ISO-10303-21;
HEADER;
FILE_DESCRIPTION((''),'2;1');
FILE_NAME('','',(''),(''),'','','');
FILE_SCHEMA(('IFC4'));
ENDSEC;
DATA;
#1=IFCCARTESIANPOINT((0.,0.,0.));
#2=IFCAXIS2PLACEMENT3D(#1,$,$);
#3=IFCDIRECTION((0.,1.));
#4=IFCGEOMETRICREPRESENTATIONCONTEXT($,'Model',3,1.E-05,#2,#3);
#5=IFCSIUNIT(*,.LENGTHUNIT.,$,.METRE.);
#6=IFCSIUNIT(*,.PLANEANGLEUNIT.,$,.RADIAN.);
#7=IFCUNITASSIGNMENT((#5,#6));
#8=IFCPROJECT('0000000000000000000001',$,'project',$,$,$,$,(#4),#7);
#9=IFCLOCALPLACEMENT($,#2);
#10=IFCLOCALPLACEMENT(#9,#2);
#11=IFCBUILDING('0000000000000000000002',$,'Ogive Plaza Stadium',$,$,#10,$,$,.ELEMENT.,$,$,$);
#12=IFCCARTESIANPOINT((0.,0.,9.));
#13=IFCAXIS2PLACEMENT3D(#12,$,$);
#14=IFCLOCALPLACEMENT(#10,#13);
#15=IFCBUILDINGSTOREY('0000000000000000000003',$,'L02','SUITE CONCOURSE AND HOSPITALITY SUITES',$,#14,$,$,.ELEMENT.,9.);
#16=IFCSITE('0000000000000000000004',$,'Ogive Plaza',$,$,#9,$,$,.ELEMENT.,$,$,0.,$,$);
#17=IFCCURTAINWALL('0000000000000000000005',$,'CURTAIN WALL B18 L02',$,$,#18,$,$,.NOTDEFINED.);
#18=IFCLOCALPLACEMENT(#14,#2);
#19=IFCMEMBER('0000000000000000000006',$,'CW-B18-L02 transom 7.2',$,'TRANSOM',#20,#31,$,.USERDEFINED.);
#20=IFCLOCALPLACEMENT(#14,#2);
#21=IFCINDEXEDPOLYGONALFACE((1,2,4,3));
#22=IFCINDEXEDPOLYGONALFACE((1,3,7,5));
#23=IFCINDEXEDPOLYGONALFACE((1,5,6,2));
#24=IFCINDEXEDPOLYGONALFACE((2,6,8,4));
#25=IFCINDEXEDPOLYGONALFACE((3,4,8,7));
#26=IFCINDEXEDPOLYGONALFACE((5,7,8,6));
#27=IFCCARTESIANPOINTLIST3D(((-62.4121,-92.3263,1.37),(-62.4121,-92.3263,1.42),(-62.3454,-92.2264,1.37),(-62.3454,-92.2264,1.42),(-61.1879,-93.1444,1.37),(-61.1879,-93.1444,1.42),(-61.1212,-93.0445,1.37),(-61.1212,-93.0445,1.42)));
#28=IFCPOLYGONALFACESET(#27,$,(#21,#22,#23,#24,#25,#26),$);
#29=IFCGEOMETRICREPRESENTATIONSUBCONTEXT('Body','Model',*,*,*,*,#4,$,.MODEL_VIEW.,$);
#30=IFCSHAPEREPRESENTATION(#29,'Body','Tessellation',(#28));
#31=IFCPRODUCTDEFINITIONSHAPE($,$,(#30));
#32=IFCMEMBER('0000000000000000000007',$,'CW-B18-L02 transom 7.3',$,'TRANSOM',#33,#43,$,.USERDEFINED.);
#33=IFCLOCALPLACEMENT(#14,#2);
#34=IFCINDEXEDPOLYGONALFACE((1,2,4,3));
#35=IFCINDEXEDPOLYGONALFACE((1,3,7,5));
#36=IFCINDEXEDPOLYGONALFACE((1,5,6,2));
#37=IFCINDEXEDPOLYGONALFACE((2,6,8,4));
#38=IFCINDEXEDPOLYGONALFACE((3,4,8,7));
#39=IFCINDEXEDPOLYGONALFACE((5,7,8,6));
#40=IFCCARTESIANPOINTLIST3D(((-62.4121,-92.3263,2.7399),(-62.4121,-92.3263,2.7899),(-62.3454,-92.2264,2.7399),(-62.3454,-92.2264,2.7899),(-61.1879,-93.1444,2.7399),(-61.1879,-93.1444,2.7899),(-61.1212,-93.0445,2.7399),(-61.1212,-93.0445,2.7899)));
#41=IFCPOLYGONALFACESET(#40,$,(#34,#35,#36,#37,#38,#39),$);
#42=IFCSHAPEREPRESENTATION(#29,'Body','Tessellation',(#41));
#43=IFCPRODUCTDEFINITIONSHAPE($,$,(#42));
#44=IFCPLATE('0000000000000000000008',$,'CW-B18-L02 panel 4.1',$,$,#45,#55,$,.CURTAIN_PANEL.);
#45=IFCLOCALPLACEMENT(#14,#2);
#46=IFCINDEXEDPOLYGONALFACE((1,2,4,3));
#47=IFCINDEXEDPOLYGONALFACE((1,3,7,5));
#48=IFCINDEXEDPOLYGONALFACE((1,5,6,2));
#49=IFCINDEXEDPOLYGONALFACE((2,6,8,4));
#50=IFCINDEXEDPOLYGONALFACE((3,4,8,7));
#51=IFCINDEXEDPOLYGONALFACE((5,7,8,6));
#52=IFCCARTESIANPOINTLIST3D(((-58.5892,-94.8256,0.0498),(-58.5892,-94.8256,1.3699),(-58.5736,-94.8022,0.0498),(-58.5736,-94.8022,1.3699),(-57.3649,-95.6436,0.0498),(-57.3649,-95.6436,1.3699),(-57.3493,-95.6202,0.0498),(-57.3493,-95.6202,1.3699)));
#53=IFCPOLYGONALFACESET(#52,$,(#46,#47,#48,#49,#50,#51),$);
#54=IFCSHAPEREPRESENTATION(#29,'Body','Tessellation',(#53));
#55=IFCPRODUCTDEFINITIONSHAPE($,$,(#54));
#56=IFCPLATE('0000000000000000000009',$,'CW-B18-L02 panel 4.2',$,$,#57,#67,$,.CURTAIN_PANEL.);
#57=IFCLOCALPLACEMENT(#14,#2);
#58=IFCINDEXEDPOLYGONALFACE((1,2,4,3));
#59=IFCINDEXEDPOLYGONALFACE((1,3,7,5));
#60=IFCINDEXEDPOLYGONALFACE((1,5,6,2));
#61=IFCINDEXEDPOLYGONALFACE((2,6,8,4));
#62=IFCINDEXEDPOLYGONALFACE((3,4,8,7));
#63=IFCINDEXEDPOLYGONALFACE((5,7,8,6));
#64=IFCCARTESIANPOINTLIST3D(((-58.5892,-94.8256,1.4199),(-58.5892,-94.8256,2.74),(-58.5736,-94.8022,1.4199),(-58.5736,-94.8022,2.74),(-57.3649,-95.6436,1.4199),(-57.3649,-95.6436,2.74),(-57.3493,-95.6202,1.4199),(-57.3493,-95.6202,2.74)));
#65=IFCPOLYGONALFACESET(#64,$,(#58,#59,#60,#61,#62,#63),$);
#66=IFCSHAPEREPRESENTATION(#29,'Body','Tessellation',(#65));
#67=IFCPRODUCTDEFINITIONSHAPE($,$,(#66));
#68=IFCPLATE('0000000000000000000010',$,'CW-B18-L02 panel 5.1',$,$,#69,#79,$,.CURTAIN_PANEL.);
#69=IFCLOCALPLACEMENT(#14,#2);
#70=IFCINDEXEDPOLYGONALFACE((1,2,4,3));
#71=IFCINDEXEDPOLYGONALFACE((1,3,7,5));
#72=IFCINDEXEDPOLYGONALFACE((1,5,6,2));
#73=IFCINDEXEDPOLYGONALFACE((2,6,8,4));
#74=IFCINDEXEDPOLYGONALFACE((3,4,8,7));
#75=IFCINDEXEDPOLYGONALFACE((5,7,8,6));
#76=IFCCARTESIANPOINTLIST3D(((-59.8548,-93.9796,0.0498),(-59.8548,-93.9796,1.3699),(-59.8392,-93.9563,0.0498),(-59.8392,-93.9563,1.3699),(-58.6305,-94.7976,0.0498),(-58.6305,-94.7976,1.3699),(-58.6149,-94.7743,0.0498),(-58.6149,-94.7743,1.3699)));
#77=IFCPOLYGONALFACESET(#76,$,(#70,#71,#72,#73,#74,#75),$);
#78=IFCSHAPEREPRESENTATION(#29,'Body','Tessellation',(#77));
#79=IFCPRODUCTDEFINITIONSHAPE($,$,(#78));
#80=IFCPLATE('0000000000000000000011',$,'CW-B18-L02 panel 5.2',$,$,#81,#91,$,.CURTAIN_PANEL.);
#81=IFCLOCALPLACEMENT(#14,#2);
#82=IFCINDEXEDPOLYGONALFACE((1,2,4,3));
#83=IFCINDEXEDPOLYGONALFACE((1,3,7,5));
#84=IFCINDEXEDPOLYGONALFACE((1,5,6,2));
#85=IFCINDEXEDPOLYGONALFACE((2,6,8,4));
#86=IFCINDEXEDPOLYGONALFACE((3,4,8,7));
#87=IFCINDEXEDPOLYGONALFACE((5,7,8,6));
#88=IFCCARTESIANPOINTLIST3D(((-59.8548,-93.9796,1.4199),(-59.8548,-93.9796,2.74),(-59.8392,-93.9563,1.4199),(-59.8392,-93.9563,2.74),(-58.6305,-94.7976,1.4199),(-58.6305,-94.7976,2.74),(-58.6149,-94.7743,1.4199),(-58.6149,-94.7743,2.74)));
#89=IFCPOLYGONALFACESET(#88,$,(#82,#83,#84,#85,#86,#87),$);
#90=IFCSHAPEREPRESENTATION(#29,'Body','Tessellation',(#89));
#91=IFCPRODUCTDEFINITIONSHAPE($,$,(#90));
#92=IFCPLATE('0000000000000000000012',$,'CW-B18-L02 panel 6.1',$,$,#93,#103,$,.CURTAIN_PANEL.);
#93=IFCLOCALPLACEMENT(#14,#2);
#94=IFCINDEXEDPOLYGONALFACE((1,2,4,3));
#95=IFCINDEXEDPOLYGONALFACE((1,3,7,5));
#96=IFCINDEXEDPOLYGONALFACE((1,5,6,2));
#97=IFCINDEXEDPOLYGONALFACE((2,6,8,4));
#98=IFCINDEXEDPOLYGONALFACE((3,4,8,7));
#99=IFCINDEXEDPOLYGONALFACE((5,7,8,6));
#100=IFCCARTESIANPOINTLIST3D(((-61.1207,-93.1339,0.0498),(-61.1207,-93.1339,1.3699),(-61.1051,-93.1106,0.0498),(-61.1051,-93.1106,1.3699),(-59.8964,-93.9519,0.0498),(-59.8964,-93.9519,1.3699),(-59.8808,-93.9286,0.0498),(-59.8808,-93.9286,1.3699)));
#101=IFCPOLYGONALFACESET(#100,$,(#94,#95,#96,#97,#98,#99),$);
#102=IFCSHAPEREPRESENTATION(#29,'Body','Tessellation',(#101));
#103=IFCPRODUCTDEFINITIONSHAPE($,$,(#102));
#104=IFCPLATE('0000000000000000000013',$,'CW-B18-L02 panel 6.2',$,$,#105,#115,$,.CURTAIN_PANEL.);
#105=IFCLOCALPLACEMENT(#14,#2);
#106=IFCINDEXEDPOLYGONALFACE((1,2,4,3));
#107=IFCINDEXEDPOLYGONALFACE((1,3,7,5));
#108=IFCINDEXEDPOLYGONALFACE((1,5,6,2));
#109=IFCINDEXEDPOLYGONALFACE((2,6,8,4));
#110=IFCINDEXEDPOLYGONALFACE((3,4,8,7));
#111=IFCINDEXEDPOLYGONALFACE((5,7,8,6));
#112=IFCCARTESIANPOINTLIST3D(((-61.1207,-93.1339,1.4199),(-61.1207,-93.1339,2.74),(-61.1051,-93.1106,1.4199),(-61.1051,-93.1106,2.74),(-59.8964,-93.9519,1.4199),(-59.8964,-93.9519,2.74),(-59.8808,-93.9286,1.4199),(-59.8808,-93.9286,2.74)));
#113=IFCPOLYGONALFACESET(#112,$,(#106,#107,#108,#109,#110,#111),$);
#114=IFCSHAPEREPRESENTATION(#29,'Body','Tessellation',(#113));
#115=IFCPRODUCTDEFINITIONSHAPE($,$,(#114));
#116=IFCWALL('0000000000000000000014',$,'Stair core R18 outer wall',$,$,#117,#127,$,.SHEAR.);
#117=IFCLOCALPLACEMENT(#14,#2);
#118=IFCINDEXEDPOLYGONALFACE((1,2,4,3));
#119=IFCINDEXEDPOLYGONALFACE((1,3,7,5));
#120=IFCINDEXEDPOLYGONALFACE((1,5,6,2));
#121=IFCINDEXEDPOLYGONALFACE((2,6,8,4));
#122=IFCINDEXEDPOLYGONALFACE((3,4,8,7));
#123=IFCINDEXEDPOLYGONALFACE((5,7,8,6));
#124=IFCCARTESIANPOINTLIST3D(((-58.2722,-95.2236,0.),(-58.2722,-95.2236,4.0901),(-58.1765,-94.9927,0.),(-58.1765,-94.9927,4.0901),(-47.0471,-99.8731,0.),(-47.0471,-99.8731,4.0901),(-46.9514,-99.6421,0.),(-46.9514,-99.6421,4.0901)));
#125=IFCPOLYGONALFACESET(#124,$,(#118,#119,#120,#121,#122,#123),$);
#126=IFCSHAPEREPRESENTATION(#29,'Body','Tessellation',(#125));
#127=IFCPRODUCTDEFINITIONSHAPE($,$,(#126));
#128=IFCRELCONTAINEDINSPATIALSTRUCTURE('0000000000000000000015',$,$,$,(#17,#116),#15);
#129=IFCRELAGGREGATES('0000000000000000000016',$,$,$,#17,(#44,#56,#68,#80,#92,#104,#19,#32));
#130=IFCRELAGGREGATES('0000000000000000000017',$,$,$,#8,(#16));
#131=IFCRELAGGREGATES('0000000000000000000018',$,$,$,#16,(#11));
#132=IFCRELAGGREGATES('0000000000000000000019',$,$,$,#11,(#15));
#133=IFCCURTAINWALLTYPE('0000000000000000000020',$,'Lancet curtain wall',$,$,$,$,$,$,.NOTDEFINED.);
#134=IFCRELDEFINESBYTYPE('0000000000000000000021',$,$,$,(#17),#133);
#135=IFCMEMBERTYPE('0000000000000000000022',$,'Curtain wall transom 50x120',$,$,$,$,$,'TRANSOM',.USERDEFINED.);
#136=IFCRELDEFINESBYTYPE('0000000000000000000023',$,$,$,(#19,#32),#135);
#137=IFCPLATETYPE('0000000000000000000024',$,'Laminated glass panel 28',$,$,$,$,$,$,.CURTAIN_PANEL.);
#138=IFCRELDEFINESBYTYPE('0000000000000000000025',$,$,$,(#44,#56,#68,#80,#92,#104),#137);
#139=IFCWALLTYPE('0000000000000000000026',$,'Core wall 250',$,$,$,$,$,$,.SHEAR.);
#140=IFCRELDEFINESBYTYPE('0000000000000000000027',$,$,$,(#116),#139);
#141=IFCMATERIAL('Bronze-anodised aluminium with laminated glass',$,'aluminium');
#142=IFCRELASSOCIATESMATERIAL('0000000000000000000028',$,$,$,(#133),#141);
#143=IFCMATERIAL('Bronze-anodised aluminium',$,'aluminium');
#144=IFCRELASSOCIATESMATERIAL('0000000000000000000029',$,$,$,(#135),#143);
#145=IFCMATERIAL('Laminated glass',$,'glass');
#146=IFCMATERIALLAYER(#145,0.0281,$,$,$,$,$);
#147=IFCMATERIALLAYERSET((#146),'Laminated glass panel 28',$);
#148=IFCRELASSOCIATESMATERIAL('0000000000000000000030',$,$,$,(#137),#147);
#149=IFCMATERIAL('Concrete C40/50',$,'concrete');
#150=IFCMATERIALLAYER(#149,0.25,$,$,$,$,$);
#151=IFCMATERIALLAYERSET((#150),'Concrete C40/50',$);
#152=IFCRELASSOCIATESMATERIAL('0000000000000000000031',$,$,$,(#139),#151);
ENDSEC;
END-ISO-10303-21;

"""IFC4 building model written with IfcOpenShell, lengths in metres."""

from ifc_helpers import new_model, si_unit, direction, frame, frame_2d, origin, origin_2d, place, context, subcontext, project, spatial, rectangle, extrude, material, layer, layer_set, material_profile, profile_set, type_object, element, aggregate, save


model = new_model("IFC4")

# Units and contexts
model_context = context("Model", 3, precision=1e-05, world=origin(), true_north=direction((0.0, 1.0)))
body_context = subcontext(model_context, "Body", "Model", "MODEL_VIEW")
ifc_project = project(units=[si_unit("LENGTHUNIT", "METRE"), si_unit("PLANEANGLEUNIT", "RADIAN")], contexts=[model_context])

# Site, building, storey
site_placement = place(None, origin())
site = spatial("IfcSite", under=ifc_project, at=site_placement, Name="Ogive Plaza", CompositionType="ELEMENT", RefElevation=0.0)
building_placement = place(site_placement, origin())
building = spatial("IfcBuilding", under=site, at=building_placement, Name="Ogive Plaza Stadium", CompositionType="ELEMENT")
storey_placement = place(building_placement, frame((0.0, 0.0, 9.0)))
storey = spatial("IfcBuildingStorey", under=building, at=storey_placement, Name="L02", Description="SUITE CONCOURSE AND HOSPITALITY SUITES", CompositionType="ELEMENT", Elevation=9.0)

# Curtain wall, members, plates
ifc_material_1 = material(Name="Bronze-anodised aluminium with laminated glass", Category="aluminium")
curtain_wall_type = type_object("IfcCurtainWallType", Name="Lancet curtain wall", PredefinedType="NOTDEFINED", material=ifc_material_1)
curtain_wall_placement = place(storey_placement, origin())
curtain_wall = element("IfcCurtainWall", 1, at=curtain_wall_placement, inside=storey, type_object=curtain_wall_type, Name="CURTAIN WALL B18 L02", PredefinedType="NOTDEFINED")
ifc_material_2 = material(Name="Bronze-anodised aluminium", Category="aluminium")
ifc_material_profile_1 = material_profile(ifc_material_2, rectangle(XDim=0.1201, YDim=0.05, at=origin_2d()), Name="AL 120x50")
ifc_profile_set_1 = profile_set([ifc_material_profile_1], Name="Bronze-anodised aluminium")
member_type_1 = type_object("IfcMemberType", Name="Curtain wall transom 50x120", ElementType="TRANSOM", PredefinedType="USERDEFINED", material=ifc_profile_set_1)
member_1_placement = place(storey_placement, frame((-61.1545, -93.0945, 1.395), z_axis=(-0.831412, 0.555656, 0.0), x_axis=(-0.555656, -0.831412, 0.0)))
member_1 = element("IfcMember", 2, at=member_1_placement, type_object=member_type_1, Name="CW-B18-L02 transom 7.2", ObjectType="TRANSOM", PredefinedType="USERDEFINED", context=body_context, shape_type="SweptSolid", body=[
    extrude(rectangle(XDim=0.1201, YDim=0.05, at=origin_2d()), origin(), (0.0, 0.0, 1.0), 1.4724),
])
member_2_placement = place(storey_placement, frame((-61.1545, -93.0945, 2.7649), z_axis=(-0.831412, 0.555656, 0.0), x_axis=(-0.555656, -0.831412, 0.0)))
member_2 = element("IfcMember", 3, at=member_2_placement, type_object=member_type_1, Name="CW-B18-L02 transom 7.3", ObjectType="TRANSOM", PredefinedType="USERDEFINED", context=body_context, shape_type="SweptSolid", body=[
    extrude(rectangle(XDim=0.1201, YDim=0.05, at=origin_2d()), origin(), (0.0, 0.0, 1.0), 1.4724),
])
ifc_material_3 = material(Name="Laminated glass", Category="glass")
ifc_layer_1 = layer(ifc_material_3, 0.0281)
ifc_layer_set_1 = layer_set([ifc_layer_1], Name="Laminated glass panel 28")
plate_type = type_object("IfcPlateType", Name="Laminated glass panel 28", PredefinedType="CURTAIN_PANEL", material=ifc_layer_set_1)
plate_1_placement = place(storey_placement, frame((-57.9692, -95.2229, 0.0498), z_axis=(0.0, 0.0, 1.0), x_axis=(-0.83147, 0.55557, 0.0)))
plate_1 = element("IfcPlate", 4, at=plate_1_placement, type_object=plate_type, Name="CW-B18-L02 panel 4.1", PredefinedType="CURTAIN_PANEL", context=body_context, shape_type="SweptSolid", body=[
    extrude(rectangle(XDim=1.4724, YDim=0.0281, at=origin_2d()), origin(), (0.0, 0.0, 1.0), 1.3201),
])
plate_2_placement = place(storey_placement, frame((-57.9692, -95.2229, 1.4199), z_axis=(0.0, 0.0, 1.0), x_axis=(-0.83147, 0.55557, 0.0)))
plate_2 = element("IfcPlate", 5, at=plate_2_placement, type_object=plate_type, Name="CW-B18-L02 panel 4.2", PredefinedType="CURTAIN_PANEL", context=body_context, shape_type="SweptSolid", body=[
    extrude(rectangle(XDim=1.4724, YDim=0.0281, at=origin_2d()), origin(), (0.0, 0.0, 1.0), 1.3201),
])
plate_3_placement = place(storey_placement, frame((-59.2349, -94.377, 0.0498), z_axis=(0.0, 0.0, 1.0), x_axis=(-0.83147, 0.55557, 0.0)))
plate_3 = element("IfcPlate", 6, at=plate_3_placement, type_object=plate_type, Name="CW-B18-L02 panel 5.1", PredefinedType="CURTAIN_PANEL", context=body_context, shape_type="SweptSolid", body=[
    extrude(rectangle(XDim=1.4724, YDim=0.0281, at=origin_2d()), origin(), (0.0, 0.0, 1.0), 1.3201),
])
plate_4_placement = place(storey_placement, frame((-59.2349, -94.377, 1.4199), z_axis=(0.0, 0.0, 1.0), x_axis=(-0.83147, 0.55557, 0.0)))
plate_4 = element("IfcPlate", 7, at=plate_4_placement, type_object=plate_type, Name="CW-B18-L02 panel 5.2", PredefinedType="CURTAIN_PANEL", context=body_context, shape_type="SweptSolid", body=[
    extrude(rectangle(XDim=1.4724, YDim=0.0281, at=origin_2d()), origin(), (0.0, 0.0, 1.0), 1.3201),
])
plate_5_placement = place(storey_placement, frame((-60.5007, -93.5312, 0.0498), z_axis=(0.0, 0.0, 1.0), x_axis=(-0.83147, 0.55557, 0.0)))
plate_5 = element("IfcPlate", 8, at=plate_5_placement, type_object=plate_type, Name="CW-B18-L02 panel 6.1", PredefinedType="CURTAIN_PANEL", context=body_context, shape_type="SweptSolid", body=[
    extrude(rectangle(XDim=1.4724, YDim=0.0281, at=origin_2d()), origin(), (0.0, 0.0, 1.0), 1.3201),
])
plate_6_placement = place(storey_placement, frame((-60.5007, -93.5312, 1.4199), z_axis=(0.0, 0.0, 1.0), x_axis=(-0.83147, 0.55557, 0.0)))
plate_6 = element("IfcPlate", 9, at=plate_6_placement, type_object=plate_type, Name="CW-B18-L02 panel 6.2", PredefinedType="CURTAIN_PANEL", context=body_context, shape_type="SweptSolid", body=[
    extrude(rectangle(XDim=1.4724, YDim=0.0281, at=origin_2d()), origin(), (0.0, 0.0, 1.0), 1.3201),
])
aggregate(curtain_wall, [plate_1, plate_2, plate_3, plate_4, plate_5, plate_6, member_1, member_2])

# Wall
ifc_material_4 = material(Name="Concrete C40/50", Category="concrete")
ifc_layer_2 = layer(ifc_material_4, 0.25)
ifc_layer_set_2 = layer_set([ifc_layer_2], Name="Concrete C40/50")
wall_type = type_object("IfcWallType", Name="Core wall 250", PredefinedType="SHEAR", material=ifc_layer_set_2)
wall_placement = place(storey_placement, frame((-58.2244, -95.1082, 0.0), z_axis=(0.0, 0.0, 1.0), x_axis=(0.923885, -0.382671, 0.0)))
element("IfcWall", 10, at=wall_placement, inside=storey, type_object=wall_type, Name="Stair core R18 outer wall", PredefinedType="SHEAR", context=body_context, shape_type="SweptSolid", body=[
    extrude(rectangle(XDim=12.1499, YDim=0.25, at=frame_2d((6.075, 0.0))), origin(), (0.0, 0.0, 1.0), 4.0901),
])

save(model, "model.ifc")
